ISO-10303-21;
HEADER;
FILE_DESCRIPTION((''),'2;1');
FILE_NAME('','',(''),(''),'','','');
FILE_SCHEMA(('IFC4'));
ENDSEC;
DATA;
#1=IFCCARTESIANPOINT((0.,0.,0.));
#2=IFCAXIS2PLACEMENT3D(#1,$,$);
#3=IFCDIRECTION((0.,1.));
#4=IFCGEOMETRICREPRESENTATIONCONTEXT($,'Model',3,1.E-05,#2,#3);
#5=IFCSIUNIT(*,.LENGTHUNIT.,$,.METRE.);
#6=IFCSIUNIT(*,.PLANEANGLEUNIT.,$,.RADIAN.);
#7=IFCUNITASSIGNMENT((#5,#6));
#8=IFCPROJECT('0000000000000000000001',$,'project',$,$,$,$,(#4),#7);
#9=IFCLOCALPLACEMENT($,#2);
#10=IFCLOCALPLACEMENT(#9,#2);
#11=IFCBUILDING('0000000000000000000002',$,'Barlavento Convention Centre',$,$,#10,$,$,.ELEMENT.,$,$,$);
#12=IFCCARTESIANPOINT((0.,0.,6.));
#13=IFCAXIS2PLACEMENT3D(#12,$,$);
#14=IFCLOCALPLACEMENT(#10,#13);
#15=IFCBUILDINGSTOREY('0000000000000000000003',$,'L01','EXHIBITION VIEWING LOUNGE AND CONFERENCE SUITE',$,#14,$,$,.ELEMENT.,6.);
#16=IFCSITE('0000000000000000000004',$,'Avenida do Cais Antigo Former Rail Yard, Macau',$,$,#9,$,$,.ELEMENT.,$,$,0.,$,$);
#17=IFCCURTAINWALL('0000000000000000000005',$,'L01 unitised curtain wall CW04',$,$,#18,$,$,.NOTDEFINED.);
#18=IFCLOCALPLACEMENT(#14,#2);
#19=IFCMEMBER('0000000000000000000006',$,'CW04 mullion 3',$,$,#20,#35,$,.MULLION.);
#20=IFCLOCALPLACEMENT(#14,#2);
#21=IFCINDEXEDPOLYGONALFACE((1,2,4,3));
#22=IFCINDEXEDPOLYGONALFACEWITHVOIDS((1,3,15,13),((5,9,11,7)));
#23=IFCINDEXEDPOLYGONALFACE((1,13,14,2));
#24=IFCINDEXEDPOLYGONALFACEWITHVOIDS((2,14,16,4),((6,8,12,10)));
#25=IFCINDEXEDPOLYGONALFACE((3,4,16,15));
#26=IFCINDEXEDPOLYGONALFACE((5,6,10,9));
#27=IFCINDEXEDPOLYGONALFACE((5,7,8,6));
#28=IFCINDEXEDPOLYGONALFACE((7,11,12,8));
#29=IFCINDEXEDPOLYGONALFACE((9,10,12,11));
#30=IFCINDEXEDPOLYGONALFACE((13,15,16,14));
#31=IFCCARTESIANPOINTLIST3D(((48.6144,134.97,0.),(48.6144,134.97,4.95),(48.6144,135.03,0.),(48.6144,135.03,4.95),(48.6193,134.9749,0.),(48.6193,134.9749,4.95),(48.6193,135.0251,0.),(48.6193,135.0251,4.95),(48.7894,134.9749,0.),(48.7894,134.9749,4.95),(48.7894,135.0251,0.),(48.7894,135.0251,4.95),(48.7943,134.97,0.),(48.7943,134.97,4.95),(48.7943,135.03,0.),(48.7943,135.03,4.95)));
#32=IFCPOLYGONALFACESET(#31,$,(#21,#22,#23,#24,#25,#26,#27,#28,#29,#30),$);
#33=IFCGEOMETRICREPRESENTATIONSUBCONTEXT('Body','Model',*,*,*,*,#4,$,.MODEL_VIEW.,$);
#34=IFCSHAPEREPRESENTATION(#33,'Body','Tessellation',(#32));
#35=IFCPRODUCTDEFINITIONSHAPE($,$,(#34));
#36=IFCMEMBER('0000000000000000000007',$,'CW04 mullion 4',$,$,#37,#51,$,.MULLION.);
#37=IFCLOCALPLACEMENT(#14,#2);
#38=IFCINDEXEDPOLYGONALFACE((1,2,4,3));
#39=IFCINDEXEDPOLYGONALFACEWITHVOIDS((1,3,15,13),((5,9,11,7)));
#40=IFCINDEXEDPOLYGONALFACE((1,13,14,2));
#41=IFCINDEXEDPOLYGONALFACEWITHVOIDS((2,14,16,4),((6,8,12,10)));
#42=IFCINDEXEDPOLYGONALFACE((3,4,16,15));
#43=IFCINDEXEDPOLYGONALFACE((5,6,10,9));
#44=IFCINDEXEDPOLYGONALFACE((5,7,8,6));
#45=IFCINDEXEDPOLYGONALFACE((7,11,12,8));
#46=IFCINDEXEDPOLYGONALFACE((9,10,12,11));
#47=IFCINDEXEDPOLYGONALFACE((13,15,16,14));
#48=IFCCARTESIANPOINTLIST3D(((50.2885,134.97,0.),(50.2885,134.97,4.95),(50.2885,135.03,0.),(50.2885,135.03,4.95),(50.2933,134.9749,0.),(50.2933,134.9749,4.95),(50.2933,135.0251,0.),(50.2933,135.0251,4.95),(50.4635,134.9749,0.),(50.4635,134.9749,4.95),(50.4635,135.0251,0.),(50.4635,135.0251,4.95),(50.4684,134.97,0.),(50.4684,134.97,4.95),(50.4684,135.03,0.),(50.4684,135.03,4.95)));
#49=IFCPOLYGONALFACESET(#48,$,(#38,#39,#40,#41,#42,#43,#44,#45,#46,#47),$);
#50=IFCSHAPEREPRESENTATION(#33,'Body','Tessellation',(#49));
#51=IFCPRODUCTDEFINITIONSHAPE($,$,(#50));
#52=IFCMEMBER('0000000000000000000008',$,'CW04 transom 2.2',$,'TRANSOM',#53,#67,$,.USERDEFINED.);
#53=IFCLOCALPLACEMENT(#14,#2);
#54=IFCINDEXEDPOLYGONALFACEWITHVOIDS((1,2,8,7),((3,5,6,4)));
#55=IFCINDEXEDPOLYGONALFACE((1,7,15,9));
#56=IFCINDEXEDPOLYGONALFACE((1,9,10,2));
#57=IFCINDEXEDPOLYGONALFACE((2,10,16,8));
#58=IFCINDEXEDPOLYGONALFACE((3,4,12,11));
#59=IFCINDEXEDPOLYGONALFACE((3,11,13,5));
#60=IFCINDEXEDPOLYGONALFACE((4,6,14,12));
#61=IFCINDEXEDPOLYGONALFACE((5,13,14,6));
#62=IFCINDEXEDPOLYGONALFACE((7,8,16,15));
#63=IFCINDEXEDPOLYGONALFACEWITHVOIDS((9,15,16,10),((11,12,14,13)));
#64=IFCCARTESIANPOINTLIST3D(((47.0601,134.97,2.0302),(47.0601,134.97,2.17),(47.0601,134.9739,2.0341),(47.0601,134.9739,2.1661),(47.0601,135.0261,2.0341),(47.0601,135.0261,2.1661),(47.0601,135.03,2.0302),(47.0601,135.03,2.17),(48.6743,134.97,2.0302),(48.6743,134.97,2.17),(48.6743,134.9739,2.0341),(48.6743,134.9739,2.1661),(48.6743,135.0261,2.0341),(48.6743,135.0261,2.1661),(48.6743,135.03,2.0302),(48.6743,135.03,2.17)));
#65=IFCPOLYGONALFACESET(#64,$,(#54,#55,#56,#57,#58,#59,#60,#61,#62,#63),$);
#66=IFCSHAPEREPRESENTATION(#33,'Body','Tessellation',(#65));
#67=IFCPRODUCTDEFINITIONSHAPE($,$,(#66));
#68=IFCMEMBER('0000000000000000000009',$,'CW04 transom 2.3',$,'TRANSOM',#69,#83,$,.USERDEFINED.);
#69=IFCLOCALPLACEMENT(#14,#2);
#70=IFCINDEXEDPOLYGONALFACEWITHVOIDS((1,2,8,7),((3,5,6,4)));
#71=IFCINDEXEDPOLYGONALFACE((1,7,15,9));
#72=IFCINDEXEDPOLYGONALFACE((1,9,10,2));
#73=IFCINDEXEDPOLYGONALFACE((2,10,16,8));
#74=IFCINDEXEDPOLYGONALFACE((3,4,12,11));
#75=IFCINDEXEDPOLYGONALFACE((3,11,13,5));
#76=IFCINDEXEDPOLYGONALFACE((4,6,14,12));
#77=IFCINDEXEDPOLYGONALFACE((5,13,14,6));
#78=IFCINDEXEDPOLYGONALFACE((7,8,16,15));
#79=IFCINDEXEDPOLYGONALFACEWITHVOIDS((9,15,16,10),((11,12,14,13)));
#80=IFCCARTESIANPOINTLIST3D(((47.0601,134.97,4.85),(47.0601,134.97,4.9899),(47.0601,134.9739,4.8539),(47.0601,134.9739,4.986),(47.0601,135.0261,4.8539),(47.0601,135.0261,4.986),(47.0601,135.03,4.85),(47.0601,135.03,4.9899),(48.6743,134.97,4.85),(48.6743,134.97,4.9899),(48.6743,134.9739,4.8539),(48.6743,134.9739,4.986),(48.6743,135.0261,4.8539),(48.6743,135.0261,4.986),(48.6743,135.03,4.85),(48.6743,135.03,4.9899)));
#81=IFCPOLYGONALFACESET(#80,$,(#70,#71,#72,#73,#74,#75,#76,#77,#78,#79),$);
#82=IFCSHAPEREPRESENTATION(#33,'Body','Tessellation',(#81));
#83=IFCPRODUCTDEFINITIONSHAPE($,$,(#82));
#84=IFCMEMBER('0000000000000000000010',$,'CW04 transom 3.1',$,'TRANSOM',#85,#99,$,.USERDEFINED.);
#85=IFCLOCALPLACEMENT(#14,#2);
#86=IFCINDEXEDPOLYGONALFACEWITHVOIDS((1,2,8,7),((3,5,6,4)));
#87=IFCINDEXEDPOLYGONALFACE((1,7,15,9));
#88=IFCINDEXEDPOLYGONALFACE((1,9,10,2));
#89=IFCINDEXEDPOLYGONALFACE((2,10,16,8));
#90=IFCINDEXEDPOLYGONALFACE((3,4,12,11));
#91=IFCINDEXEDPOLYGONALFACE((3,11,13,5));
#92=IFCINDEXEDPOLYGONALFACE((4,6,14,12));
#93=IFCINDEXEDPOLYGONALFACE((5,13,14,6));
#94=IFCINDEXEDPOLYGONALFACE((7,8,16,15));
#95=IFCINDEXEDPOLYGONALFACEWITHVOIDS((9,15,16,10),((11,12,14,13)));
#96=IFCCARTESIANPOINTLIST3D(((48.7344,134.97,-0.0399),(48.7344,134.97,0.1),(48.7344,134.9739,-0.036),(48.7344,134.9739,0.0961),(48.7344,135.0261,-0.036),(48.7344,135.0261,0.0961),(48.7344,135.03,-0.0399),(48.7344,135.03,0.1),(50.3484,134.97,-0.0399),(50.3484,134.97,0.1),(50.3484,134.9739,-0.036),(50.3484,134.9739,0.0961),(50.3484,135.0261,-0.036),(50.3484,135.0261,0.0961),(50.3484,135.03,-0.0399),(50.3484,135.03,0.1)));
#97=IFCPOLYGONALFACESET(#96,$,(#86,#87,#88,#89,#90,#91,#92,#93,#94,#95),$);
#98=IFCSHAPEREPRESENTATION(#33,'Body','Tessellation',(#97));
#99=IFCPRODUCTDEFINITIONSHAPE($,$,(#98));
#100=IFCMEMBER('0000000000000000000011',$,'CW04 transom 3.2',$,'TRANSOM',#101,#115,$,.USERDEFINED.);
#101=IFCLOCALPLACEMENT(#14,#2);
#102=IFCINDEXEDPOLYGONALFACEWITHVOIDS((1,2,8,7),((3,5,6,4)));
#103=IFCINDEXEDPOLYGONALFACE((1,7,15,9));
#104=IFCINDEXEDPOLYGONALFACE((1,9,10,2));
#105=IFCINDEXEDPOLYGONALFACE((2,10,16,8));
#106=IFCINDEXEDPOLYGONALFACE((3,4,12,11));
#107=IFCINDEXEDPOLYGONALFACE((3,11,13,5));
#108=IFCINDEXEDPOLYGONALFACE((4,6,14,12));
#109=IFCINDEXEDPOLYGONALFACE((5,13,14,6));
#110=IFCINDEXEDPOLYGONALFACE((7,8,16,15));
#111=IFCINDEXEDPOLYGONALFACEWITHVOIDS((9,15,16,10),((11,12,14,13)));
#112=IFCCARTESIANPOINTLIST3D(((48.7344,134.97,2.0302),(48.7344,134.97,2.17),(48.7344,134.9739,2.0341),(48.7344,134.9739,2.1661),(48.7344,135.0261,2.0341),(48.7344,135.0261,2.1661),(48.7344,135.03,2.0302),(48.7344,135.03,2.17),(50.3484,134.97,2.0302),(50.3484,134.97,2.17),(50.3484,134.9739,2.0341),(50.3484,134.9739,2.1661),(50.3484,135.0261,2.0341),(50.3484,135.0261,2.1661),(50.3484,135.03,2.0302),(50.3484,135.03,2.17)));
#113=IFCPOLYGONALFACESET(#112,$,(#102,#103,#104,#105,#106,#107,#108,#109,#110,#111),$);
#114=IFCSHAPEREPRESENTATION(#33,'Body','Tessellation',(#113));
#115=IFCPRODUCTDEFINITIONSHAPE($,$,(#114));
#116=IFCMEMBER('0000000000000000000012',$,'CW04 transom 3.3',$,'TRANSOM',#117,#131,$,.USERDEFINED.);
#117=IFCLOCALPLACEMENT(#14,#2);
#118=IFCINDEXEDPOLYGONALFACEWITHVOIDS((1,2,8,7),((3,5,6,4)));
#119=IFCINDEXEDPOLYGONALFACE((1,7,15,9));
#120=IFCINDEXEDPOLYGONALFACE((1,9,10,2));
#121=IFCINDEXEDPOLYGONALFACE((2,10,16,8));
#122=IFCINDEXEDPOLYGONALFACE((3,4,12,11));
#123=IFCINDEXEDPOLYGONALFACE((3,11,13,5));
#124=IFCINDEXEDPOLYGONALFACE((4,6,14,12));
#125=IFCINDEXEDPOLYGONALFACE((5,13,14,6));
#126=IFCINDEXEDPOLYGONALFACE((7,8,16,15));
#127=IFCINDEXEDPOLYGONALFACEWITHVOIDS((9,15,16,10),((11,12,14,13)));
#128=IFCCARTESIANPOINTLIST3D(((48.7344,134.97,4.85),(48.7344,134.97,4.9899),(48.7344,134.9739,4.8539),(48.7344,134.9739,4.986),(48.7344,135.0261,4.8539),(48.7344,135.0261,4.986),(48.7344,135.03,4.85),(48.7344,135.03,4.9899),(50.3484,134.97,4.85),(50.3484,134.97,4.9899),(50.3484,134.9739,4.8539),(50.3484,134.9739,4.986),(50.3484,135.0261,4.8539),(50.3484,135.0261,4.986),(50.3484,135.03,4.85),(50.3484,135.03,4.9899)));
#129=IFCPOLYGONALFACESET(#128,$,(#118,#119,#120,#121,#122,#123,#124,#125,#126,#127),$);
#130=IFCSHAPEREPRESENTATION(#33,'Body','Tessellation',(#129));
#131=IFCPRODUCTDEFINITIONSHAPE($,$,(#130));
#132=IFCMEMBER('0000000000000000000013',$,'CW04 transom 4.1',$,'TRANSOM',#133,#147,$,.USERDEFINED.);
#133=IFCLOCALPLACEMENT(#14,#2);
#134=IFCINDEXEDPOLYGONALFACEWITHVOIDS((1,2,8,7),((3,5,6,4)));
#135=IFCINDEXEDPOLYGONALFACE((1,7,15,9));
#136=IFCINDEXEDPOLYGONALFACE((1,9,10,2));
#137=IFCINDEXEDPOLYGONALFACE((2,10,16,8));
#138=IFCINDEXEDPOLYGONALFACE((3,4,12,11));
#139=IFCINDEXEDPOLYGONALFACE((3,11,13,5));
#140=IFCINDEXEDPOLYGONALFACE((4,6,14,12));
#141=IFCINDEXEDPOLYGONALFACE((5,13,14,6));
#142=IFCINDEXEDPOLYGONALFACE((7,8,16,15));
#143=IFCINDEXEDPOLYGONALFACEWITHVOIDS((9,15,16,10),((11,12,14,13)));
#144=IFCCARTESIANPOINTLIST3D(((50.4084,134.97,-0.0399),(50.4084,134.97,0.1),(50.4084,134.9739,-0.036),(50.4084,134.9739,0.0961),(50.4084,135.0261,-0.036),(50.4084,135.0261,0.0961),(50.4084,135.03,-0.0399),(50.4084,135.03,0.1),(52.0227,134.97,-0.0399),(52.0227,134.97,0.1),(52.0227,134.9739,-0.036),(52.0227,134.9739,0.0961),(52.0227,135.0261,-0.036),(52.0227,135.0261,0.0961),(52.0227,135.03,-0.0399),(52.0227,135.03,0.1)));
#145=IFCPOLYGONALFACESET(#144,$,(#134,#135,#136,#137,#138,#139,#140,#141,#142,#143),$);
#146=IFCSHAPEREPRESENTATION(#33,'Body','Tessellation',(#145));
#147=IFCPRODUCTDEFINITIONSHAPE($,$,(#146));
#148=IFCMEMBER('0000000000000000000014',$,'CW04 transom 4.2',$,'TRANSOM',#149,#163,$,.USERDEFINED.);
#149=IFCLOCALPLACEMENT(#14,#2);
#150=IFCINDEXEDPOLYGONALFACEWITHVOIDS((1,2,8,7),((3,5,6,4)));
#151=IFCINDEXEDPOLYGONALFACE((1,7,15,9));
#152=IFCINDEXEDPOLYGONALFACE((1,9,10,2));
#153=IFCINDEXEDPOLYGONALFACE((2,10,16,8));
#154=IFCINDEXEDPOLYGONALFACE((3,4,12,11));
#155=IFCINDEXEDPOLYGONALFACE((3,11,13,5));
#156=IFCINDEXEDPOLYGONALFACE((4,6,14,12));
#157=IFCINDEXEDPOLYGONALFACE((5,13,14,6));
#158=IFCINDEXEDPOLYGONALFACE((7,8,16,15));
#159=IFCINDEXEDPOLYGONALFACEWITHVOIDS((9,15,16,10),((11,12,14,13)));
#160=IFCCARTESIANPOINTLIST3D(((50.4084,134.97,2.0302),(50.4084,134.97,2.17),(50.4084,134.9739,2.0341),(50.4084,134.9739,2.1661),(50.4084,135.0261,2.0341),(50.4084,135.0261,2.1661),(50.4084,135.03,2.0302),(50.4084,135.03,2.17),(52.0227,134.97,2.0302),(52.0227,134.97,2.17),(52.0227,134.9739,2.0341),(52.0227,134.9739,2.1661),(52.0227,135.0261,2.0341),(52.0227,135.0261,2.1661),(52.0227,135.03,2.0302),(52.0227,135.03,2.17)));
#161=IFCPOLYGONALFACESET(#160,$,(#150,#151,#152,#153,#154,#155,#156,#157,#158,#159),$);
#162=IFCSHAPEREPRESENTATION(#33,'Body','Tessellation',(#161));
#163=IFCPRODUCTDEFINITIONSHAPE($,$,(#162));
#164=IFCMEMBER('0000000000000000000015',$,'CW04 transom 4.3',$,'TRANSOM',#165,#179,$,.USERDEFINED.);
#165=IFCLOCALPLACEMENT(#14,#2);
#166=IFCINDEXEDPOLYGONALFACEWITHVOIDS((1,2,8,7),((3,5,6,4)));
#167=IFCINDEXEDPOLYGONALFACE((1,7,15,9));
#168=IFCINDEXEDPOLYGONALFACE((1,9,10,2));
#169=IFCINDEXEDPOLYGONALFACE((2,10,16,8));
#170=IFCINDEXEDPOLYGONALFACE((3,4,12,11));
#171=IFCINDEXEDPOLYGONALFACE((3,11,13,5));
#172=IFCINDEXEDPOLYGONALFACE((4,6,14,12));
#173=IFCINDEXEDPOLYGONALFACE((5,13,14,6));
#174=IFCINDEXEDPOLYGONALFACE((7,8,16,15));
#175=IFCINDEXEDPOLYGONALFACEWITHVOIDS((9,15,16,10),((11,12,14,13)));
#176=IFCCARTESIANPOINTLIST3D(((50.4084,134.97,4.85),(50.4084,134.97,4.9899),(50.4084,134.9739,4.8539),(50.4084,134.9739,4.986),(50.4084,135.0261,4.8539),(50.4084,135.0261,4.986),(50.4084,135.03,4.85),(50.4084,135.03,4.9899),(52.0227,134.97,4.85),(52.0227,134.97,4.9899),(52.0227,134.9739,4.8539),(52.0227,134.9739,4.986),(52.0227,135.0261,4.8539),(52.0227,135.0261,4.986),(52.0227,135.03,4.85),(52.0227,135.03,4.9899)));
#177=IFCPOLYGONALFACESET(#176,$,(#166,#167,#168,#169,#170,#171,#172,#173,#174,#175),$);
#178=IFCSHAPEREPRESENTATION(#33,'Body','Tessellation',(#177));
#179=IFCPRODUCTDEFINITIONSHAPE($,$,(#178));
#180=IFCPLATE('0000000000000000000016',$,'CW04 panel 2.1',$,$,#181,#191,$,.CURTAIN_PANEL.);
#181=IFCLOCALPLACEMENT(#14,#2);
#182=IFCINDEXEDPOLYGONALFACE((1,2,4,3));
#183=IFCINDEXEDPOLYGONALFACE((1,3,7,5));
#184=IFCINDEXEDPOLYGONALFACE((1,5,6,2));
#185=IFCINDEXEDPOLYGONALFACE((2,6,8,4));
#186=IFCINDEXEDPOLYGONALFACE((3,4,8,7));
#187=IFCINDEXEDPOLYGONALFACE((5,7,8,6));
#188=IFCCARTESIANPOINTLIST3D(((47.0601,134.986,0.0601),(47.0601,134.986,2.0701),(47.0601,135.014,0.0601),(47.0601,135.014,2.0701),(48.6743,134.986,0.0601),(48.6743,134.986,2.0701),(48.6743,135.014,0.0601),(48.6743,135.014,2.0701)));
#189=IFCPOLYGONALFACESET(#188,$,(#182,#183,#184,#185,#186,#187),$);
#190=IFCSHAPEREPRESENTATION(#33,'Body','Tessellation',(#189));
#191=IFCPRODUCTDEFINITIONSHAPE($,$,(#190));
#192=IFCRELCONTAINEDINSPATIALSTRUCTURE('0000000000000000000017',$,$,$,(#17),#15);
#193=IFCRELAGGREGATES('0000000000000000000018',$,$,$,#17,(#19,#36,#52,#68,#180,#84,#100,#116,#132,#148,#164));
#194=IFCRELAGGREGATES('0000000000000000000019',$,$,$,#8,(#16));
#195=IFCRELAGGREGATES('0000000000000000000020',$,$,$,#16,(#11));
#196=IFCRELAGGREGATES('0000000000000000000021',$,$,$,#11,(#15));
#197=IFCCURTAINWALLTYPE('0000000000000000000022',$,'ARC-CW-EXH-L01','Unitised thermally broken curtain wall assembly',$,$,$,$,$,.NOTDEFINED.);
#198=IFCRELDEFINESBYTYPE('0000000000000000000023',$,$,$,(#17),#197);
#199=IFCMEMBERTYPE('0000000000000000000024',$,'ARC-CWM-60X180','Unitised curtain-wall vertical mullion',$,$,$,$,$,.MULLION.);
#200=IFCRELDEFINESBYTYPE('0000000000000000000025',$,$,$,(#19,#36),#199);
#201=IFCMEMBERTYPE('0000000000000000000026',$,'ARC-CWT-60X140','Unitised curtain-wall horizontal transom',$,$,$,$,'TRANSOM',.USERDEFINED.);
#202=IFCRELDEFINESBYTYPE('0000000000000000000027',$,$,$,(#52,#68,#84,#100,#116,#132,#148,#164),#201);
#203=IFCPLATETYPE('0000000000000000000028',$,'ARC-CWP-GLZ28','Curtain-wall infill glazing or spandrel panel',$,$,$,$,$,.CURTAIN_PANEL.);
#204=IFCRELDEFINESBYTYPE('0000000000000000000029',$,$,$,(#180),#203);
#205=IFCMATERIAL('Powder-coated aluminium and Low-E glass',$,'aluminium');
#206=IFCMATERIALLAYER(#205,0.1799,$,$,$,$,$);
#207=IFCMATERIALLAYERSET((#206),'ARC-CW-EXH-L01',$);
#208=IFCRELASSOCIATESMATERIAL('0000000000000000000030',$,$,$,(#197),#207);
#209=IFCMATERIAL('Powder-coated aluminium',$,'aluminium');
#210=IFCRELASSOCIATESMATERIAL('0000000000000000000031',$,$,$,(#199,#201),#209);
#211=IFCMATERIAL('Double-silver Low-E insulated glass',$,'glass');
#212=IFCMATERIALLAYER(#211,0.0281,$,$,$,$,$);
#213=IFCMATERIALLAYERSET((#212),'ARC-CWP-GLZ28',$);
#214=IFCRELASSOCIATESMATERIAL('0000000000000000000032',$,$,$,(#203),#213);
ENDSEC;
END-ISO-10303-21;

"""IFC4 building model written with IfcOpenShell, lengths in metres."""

from ifc_helpers import new_model, si_unit, direction, frame, origin, origin_2d, place, context, subcontext, project, spatial, rectangle, hollow_rectangle, extrude, material, layer, layer_set, material_profile, profile_set, type_object, element, aggregate, save


model = new_model("IFC4")

# Units and contexts
model_context = context("Model", 3, precision=1e-05, world=origin(), true_north=direction((0.0, 1.0)))
body_context = subcontext(model_context, "Body", "Model", "MODEL_VIEW")
ifc_project = project(units=[si_unit("LENGTHUNIT", "METRE"), si_unit("PLANEANGLEUNIT", "RADIAN")], contexts=[model_context])

# Site, building, storey
site_placement = place(None, origin())
site = spatial("IfcSite", under=ifc_project, at=site_placement, Name="Avenida do Cais Antigo Former Rail Yard, Macau", CompositionType="ELEMENT", RefElevation=0.0)
building_placement = place(site_placement, origin())
building = spatial("IfcBuilding", under=site, at=building_placement, Name="Barlavento Convention Centre", CompositionType="ELEMENT")
storey_placement = place(building_placement, frame((0.0, 0.0, 6.0)))
storey = spatial("IfcBuildingStorey", under=building, at=storey_placement, Name="L01", Description="EXHIBITION VIEWING LOUNGE AND CONFERENCE SUITE", CompositionType="ELEMENT", Elevation=6.0)

# Curtain wall, members, plate
ifc_material_1 = material(Name="Powder-coated aluminium and Low-E glass", Category="aluminium")
ifc_layer_1 = layer(ifc_material_1, 0.1799)
ifc_layer_set_1 = layer_set([ifc_layer_1], Name="ARC-CW-EXH-L01")
curtain_wall_type = type_object("IfcCurtainWallType", Name="ARC-CW-EXH-L01", Description="Unitised thermally broken curtain wall assembly", PredefinedType="NOTDEFINED", material=ifc_layer_set_1)
curtain_wall_placement = place(storey_placement, origin())
curtain_wall = element("IfcCurtainWall", 1, at=curtain_wall_placement, inside=storey, type_object=curtain_wall_type, Name="L01 unitised curtain wall CW04", PredefinedType="NOTDEFINED")
ifc_material_2 = material(Name="Powder-coated aluminium", Category="aluminium")
ifc_material_profile_1 = material_profile(ifc_material_2, hollow_rectangle(XDim=0.0601, YDim=0.1799, WallThickness=0.0049, at=origin_2d()), Name="AL-MULL 60x180x5")
ifc_profile_set_1 = profile_set([ifc_material_profile_1], Name="Powder-coated aluminium")
member_type_1 = type_object("IfcMemberType", Name="ARC-CWM-60X180", Description="Unitised curtain-wall vertical mullion", PredefinedType="MULLION", material=ifc_profile_set_1)
member_1_placement = place(storey_placement, frame((48.7043, 135.0, 0.0), z_axis=(0.0, 0.0, 1.0), x_axis=(0.0, 1.0, 0.0)))
member_1 = element("IfcMember", 2, at=member_1_placement, type_object=member_type_1, Name="CW04 mullion 3", PredefinedType="MULLION", context=body_context, shape_type="SweptSolid", body=[
    extrude(hollow_rectangle(XDim=0.0601, YDim=0.1799, WallThickness=0.0049, at=origin_2d()), origin(), (0.0, 0.0, 1.0), 4.95),
])
member_2_placement = place(storey_placement, frame((50.3784, 135.0, 0.0), z_axis=(0.0, 0.0, 1.0), x_axis=(0.0, 1.0, 0.0)))
member_2 = element("IfcMember", 3, at=member_2_placement, type_object=member_type_1, Name="CW04 mullion 4", PredefinedType="MULLION", context=body_context, shape_type="SweptSolid", body=[
    extrude(hollow_rectangle(XDim=0.0601, YDim=0.1799, WallThickness=0.0049, at=origin_2d()), origin(), (0.0, 0.0, 1.0), 4.95),
])
ifc_material_profile_2 = material_profile(ifc_material_2, hollow_rectangle(XDim=0.0601, YDim=0.1399, WallThickness=0.0039, at=origin_2d()), Name="AL-TRAN 60x140x4")
ifc_profile_set_2 = profile_set([ifc_material_profile_2], Name="Powder-coated aluminium")
member_type_2 = type_object("IfcMemberType", Name="ARC-CWT-60X140", Description="Unitised curtain-wall horizontal transom", ElementType="TRANSOM", PredefinedType="USERDEFINED", material=ifc_profile_set_2)
member_3_placement = place(storey_placement, frame((47.0601, 135.0, 2.1001), z_axis=(1.0, 0.0, 0.0), x_axis=(0.0, 1.0, 0.0)))
member_3 = element("IfcMember", 4, at=member_3_placement, type_object=member_type_2, Name="CW04 transom 2.2", ObjectType="TRANSOM", PredefinedType="USERDEFINED", context=body_context, shape_type="SweptSolid", body=[
    extrude(hollow_rectangle(XDim=0.0601, YDim=0.1399, WallThickness=0.0039, at=origin_2d()), origin(), (0.0, 0.0, 1.0), 1.6143),
])
member_4_placement = place(storey_placement, frame((47.0601, 135.0, 4.9199), z_axis=(1.0, 0.0, 0.0), x_axis=(0.0, 1.0, 0.0)))
member_4 = element("IfcMember", 5, at=member_4_placement, type_object=member_type_2, Name="CW04 transom 2.3", ObjectType="TRANSOM", PredefinedType="USERDEFINED", context=body_context, shape_type="SweptSolid", body=[
    extrude(hollow_rectangle(XDim=0.0601, YDim=0.1399, WallThickness=0.0039, at=origin_2d()), origin(), (0.0, 0.0, 1.0), 1.6143),
])
member_5_placement = place(storey_placement, frame((48.7344, 135.0, 0.03), z_axis=(1.0, 0.0, 0.0), x_axis=(0.0, 1.0, 0.0)))
member_5 = element("IfcMember", 6, at=member_5_placement, type_object=member_type_2, Name="CW04 transom 3.1", ObjectType="TRANSOM", PredefinedType="USERDEFINED", context=body_context, shape_type="SweptSolid", body=[
    extrude(hollow_rectangle(XDim=0.0601, YDim=0.1399, WallThickness=0.0039, at=origin_2d()), origin(), (0.0, 0.0, 1.0), 1.614),
])
member_6_placement = place(storey_placement, frame((48.7344, 135.0, 2.1001), z_axis=(1.0, 0.0, 0.0), x_axis=(0.0, 1.0, 0.0)))
member_6 = element("IfcMember", 7, at=member_6_placement, type_object=member_type_2, Name="CW04 transom 3.2", ObjectType="TRANSOM", PredefinedType="USERDEFINED", context=body_context, shape_type="SweptSolid", body=[
    extrude(hollow_rectangle(XDim=0.0601, YDim=0.1399, WallThickness=0.0039, at=origin_2d()), origin(), (0.0, 0.0, 1.0), 1.614),
])
member_7_placement = place(storey_placement, frame((48.7344, 135.0, 4.9199), z_axis=(1.0, 0.0, 0.0), x_axis=(0.0, 1.0, 0.0)))
member_7 = element("IfcMember", 8, at=member_7_placement, type_object=member_type_2, Name="CW04 transom 3.3", ObjectType="TRANSOM", PredefinedType="USERDEFINED", context=body_context, shape_type="SweptSolid", body=[
    extrude(hollow_rectangle(XDim=0.0601, YDim=0.1399, WallThickness=0.0039, at=origin_2d()), origin(), (0.0, 0.0, 1.0), 1.614),
])
member_8_placement = place(storey_placement, frame((50.4084, 135.0, 0.03), z_axis=(1.0, 0.0, 0.0), x_axis=(0.0, 1.0, 0.0)))
member_8 = element("IfcMember", 9, at=member_8_placement, type_object=member_type_2, Name="CW04 transom 4.1", ObjectType="TRANSOM", PredefinedType="USERDEFINED", context=body_context, shape_type="SweptSolid", body=[
    extrude(hollow_rectangle(XDim=0.0601, YDim=0.1399, WallThickness=0.0039, at=origin_2d()), origin(), (0.0, 0.0, 1.0), 1.6143),
])
member_9_placement = place(storey_placement, frame((50.4084, 135.0, 2.1001), z_axis=(1.0, 0.0, 0.0), x_axis=(0.0, 1.0, 0.0)))
member_9 = element("IfcMember", 10, at=member_9_placement, type_object=member_type_2, Name="CW04 transom 4.2", ObjectType="TRANSOM", PredefinedType="USERDEFINED", context=body_context, shape_type="SweptSolid", body=[
    extrude(hollow_rectangle(XDim=0.0601, YDim=0.1399, WallThickness=0.0039, at=origin_2d()), origin(), (0.0, 0.0, 1.0), 1.6143),
])
member_10_placement = place(storey_placement, frame((50.4084, 135.0, 4.9199), z_axis=(1.0, 0.0, 0.0), x_axis=(0.0, 1.0, 0.0)))
member_10 = element("IfcMember", 11, at=member_10_placement, type_object=member_type_2, Name="CW04 transom 4.3", ObjectType="TRANSOM", PredefinedType="USERDEFINED", context=body_context, shape_type="SweptSolid", body=[
    extrude(hollow_rectangle(XDim=0.0601, YDim=0.1399, WallThickness=0.0039, at=origin_2d()), origin(), (0.0, 0.0, 1.0), 1.6143),
])
ifc_material_3 = material(Name="Double-silver Low-E insulated glass", Category="glass")
ifc_layer_2 = layer(ifc_material_3, 0.0281)
ifc_layer_set_2 = layer_set([ifc_layer_2], Name="ARC-CWP-GLZ28")
plate_type = type_object("IfcPlateType", Name="ARC-CWP-GLZ28", Description="Curtain-wall infill glazing or spandrel panel", PredefinedType="CURTAIN_PANEL", material=ifc_layer_set_2)
plate_1_placement = place(storey_placement, frame((47.8672, 135.0, 0.0601), z_axis=(0.0, 0.0, 1.0), x_axis=(1.0, 0.0, 0.0)))
plate_1 = element("IfcPlate", 12, at=plate_1_placement, type_object=plate_type, Name="CW04 panel 2.1", PredefinedType="CURTAIN_PANEL", context=body_context, shape_type="SweptSolid", body=[
    extrude(rectangle(XDim=1.6143, YDim=0.0281, at=origin_2d()), origin(), (0.0, 0.0, 1.0), 2.01),
])
aggregate(curtain_wall, [member_1, member_2, member_3, member_4, plate_1, member_5, member_6, member_7, member_8, member_9, member_10])

save(model, "model.ifc")
